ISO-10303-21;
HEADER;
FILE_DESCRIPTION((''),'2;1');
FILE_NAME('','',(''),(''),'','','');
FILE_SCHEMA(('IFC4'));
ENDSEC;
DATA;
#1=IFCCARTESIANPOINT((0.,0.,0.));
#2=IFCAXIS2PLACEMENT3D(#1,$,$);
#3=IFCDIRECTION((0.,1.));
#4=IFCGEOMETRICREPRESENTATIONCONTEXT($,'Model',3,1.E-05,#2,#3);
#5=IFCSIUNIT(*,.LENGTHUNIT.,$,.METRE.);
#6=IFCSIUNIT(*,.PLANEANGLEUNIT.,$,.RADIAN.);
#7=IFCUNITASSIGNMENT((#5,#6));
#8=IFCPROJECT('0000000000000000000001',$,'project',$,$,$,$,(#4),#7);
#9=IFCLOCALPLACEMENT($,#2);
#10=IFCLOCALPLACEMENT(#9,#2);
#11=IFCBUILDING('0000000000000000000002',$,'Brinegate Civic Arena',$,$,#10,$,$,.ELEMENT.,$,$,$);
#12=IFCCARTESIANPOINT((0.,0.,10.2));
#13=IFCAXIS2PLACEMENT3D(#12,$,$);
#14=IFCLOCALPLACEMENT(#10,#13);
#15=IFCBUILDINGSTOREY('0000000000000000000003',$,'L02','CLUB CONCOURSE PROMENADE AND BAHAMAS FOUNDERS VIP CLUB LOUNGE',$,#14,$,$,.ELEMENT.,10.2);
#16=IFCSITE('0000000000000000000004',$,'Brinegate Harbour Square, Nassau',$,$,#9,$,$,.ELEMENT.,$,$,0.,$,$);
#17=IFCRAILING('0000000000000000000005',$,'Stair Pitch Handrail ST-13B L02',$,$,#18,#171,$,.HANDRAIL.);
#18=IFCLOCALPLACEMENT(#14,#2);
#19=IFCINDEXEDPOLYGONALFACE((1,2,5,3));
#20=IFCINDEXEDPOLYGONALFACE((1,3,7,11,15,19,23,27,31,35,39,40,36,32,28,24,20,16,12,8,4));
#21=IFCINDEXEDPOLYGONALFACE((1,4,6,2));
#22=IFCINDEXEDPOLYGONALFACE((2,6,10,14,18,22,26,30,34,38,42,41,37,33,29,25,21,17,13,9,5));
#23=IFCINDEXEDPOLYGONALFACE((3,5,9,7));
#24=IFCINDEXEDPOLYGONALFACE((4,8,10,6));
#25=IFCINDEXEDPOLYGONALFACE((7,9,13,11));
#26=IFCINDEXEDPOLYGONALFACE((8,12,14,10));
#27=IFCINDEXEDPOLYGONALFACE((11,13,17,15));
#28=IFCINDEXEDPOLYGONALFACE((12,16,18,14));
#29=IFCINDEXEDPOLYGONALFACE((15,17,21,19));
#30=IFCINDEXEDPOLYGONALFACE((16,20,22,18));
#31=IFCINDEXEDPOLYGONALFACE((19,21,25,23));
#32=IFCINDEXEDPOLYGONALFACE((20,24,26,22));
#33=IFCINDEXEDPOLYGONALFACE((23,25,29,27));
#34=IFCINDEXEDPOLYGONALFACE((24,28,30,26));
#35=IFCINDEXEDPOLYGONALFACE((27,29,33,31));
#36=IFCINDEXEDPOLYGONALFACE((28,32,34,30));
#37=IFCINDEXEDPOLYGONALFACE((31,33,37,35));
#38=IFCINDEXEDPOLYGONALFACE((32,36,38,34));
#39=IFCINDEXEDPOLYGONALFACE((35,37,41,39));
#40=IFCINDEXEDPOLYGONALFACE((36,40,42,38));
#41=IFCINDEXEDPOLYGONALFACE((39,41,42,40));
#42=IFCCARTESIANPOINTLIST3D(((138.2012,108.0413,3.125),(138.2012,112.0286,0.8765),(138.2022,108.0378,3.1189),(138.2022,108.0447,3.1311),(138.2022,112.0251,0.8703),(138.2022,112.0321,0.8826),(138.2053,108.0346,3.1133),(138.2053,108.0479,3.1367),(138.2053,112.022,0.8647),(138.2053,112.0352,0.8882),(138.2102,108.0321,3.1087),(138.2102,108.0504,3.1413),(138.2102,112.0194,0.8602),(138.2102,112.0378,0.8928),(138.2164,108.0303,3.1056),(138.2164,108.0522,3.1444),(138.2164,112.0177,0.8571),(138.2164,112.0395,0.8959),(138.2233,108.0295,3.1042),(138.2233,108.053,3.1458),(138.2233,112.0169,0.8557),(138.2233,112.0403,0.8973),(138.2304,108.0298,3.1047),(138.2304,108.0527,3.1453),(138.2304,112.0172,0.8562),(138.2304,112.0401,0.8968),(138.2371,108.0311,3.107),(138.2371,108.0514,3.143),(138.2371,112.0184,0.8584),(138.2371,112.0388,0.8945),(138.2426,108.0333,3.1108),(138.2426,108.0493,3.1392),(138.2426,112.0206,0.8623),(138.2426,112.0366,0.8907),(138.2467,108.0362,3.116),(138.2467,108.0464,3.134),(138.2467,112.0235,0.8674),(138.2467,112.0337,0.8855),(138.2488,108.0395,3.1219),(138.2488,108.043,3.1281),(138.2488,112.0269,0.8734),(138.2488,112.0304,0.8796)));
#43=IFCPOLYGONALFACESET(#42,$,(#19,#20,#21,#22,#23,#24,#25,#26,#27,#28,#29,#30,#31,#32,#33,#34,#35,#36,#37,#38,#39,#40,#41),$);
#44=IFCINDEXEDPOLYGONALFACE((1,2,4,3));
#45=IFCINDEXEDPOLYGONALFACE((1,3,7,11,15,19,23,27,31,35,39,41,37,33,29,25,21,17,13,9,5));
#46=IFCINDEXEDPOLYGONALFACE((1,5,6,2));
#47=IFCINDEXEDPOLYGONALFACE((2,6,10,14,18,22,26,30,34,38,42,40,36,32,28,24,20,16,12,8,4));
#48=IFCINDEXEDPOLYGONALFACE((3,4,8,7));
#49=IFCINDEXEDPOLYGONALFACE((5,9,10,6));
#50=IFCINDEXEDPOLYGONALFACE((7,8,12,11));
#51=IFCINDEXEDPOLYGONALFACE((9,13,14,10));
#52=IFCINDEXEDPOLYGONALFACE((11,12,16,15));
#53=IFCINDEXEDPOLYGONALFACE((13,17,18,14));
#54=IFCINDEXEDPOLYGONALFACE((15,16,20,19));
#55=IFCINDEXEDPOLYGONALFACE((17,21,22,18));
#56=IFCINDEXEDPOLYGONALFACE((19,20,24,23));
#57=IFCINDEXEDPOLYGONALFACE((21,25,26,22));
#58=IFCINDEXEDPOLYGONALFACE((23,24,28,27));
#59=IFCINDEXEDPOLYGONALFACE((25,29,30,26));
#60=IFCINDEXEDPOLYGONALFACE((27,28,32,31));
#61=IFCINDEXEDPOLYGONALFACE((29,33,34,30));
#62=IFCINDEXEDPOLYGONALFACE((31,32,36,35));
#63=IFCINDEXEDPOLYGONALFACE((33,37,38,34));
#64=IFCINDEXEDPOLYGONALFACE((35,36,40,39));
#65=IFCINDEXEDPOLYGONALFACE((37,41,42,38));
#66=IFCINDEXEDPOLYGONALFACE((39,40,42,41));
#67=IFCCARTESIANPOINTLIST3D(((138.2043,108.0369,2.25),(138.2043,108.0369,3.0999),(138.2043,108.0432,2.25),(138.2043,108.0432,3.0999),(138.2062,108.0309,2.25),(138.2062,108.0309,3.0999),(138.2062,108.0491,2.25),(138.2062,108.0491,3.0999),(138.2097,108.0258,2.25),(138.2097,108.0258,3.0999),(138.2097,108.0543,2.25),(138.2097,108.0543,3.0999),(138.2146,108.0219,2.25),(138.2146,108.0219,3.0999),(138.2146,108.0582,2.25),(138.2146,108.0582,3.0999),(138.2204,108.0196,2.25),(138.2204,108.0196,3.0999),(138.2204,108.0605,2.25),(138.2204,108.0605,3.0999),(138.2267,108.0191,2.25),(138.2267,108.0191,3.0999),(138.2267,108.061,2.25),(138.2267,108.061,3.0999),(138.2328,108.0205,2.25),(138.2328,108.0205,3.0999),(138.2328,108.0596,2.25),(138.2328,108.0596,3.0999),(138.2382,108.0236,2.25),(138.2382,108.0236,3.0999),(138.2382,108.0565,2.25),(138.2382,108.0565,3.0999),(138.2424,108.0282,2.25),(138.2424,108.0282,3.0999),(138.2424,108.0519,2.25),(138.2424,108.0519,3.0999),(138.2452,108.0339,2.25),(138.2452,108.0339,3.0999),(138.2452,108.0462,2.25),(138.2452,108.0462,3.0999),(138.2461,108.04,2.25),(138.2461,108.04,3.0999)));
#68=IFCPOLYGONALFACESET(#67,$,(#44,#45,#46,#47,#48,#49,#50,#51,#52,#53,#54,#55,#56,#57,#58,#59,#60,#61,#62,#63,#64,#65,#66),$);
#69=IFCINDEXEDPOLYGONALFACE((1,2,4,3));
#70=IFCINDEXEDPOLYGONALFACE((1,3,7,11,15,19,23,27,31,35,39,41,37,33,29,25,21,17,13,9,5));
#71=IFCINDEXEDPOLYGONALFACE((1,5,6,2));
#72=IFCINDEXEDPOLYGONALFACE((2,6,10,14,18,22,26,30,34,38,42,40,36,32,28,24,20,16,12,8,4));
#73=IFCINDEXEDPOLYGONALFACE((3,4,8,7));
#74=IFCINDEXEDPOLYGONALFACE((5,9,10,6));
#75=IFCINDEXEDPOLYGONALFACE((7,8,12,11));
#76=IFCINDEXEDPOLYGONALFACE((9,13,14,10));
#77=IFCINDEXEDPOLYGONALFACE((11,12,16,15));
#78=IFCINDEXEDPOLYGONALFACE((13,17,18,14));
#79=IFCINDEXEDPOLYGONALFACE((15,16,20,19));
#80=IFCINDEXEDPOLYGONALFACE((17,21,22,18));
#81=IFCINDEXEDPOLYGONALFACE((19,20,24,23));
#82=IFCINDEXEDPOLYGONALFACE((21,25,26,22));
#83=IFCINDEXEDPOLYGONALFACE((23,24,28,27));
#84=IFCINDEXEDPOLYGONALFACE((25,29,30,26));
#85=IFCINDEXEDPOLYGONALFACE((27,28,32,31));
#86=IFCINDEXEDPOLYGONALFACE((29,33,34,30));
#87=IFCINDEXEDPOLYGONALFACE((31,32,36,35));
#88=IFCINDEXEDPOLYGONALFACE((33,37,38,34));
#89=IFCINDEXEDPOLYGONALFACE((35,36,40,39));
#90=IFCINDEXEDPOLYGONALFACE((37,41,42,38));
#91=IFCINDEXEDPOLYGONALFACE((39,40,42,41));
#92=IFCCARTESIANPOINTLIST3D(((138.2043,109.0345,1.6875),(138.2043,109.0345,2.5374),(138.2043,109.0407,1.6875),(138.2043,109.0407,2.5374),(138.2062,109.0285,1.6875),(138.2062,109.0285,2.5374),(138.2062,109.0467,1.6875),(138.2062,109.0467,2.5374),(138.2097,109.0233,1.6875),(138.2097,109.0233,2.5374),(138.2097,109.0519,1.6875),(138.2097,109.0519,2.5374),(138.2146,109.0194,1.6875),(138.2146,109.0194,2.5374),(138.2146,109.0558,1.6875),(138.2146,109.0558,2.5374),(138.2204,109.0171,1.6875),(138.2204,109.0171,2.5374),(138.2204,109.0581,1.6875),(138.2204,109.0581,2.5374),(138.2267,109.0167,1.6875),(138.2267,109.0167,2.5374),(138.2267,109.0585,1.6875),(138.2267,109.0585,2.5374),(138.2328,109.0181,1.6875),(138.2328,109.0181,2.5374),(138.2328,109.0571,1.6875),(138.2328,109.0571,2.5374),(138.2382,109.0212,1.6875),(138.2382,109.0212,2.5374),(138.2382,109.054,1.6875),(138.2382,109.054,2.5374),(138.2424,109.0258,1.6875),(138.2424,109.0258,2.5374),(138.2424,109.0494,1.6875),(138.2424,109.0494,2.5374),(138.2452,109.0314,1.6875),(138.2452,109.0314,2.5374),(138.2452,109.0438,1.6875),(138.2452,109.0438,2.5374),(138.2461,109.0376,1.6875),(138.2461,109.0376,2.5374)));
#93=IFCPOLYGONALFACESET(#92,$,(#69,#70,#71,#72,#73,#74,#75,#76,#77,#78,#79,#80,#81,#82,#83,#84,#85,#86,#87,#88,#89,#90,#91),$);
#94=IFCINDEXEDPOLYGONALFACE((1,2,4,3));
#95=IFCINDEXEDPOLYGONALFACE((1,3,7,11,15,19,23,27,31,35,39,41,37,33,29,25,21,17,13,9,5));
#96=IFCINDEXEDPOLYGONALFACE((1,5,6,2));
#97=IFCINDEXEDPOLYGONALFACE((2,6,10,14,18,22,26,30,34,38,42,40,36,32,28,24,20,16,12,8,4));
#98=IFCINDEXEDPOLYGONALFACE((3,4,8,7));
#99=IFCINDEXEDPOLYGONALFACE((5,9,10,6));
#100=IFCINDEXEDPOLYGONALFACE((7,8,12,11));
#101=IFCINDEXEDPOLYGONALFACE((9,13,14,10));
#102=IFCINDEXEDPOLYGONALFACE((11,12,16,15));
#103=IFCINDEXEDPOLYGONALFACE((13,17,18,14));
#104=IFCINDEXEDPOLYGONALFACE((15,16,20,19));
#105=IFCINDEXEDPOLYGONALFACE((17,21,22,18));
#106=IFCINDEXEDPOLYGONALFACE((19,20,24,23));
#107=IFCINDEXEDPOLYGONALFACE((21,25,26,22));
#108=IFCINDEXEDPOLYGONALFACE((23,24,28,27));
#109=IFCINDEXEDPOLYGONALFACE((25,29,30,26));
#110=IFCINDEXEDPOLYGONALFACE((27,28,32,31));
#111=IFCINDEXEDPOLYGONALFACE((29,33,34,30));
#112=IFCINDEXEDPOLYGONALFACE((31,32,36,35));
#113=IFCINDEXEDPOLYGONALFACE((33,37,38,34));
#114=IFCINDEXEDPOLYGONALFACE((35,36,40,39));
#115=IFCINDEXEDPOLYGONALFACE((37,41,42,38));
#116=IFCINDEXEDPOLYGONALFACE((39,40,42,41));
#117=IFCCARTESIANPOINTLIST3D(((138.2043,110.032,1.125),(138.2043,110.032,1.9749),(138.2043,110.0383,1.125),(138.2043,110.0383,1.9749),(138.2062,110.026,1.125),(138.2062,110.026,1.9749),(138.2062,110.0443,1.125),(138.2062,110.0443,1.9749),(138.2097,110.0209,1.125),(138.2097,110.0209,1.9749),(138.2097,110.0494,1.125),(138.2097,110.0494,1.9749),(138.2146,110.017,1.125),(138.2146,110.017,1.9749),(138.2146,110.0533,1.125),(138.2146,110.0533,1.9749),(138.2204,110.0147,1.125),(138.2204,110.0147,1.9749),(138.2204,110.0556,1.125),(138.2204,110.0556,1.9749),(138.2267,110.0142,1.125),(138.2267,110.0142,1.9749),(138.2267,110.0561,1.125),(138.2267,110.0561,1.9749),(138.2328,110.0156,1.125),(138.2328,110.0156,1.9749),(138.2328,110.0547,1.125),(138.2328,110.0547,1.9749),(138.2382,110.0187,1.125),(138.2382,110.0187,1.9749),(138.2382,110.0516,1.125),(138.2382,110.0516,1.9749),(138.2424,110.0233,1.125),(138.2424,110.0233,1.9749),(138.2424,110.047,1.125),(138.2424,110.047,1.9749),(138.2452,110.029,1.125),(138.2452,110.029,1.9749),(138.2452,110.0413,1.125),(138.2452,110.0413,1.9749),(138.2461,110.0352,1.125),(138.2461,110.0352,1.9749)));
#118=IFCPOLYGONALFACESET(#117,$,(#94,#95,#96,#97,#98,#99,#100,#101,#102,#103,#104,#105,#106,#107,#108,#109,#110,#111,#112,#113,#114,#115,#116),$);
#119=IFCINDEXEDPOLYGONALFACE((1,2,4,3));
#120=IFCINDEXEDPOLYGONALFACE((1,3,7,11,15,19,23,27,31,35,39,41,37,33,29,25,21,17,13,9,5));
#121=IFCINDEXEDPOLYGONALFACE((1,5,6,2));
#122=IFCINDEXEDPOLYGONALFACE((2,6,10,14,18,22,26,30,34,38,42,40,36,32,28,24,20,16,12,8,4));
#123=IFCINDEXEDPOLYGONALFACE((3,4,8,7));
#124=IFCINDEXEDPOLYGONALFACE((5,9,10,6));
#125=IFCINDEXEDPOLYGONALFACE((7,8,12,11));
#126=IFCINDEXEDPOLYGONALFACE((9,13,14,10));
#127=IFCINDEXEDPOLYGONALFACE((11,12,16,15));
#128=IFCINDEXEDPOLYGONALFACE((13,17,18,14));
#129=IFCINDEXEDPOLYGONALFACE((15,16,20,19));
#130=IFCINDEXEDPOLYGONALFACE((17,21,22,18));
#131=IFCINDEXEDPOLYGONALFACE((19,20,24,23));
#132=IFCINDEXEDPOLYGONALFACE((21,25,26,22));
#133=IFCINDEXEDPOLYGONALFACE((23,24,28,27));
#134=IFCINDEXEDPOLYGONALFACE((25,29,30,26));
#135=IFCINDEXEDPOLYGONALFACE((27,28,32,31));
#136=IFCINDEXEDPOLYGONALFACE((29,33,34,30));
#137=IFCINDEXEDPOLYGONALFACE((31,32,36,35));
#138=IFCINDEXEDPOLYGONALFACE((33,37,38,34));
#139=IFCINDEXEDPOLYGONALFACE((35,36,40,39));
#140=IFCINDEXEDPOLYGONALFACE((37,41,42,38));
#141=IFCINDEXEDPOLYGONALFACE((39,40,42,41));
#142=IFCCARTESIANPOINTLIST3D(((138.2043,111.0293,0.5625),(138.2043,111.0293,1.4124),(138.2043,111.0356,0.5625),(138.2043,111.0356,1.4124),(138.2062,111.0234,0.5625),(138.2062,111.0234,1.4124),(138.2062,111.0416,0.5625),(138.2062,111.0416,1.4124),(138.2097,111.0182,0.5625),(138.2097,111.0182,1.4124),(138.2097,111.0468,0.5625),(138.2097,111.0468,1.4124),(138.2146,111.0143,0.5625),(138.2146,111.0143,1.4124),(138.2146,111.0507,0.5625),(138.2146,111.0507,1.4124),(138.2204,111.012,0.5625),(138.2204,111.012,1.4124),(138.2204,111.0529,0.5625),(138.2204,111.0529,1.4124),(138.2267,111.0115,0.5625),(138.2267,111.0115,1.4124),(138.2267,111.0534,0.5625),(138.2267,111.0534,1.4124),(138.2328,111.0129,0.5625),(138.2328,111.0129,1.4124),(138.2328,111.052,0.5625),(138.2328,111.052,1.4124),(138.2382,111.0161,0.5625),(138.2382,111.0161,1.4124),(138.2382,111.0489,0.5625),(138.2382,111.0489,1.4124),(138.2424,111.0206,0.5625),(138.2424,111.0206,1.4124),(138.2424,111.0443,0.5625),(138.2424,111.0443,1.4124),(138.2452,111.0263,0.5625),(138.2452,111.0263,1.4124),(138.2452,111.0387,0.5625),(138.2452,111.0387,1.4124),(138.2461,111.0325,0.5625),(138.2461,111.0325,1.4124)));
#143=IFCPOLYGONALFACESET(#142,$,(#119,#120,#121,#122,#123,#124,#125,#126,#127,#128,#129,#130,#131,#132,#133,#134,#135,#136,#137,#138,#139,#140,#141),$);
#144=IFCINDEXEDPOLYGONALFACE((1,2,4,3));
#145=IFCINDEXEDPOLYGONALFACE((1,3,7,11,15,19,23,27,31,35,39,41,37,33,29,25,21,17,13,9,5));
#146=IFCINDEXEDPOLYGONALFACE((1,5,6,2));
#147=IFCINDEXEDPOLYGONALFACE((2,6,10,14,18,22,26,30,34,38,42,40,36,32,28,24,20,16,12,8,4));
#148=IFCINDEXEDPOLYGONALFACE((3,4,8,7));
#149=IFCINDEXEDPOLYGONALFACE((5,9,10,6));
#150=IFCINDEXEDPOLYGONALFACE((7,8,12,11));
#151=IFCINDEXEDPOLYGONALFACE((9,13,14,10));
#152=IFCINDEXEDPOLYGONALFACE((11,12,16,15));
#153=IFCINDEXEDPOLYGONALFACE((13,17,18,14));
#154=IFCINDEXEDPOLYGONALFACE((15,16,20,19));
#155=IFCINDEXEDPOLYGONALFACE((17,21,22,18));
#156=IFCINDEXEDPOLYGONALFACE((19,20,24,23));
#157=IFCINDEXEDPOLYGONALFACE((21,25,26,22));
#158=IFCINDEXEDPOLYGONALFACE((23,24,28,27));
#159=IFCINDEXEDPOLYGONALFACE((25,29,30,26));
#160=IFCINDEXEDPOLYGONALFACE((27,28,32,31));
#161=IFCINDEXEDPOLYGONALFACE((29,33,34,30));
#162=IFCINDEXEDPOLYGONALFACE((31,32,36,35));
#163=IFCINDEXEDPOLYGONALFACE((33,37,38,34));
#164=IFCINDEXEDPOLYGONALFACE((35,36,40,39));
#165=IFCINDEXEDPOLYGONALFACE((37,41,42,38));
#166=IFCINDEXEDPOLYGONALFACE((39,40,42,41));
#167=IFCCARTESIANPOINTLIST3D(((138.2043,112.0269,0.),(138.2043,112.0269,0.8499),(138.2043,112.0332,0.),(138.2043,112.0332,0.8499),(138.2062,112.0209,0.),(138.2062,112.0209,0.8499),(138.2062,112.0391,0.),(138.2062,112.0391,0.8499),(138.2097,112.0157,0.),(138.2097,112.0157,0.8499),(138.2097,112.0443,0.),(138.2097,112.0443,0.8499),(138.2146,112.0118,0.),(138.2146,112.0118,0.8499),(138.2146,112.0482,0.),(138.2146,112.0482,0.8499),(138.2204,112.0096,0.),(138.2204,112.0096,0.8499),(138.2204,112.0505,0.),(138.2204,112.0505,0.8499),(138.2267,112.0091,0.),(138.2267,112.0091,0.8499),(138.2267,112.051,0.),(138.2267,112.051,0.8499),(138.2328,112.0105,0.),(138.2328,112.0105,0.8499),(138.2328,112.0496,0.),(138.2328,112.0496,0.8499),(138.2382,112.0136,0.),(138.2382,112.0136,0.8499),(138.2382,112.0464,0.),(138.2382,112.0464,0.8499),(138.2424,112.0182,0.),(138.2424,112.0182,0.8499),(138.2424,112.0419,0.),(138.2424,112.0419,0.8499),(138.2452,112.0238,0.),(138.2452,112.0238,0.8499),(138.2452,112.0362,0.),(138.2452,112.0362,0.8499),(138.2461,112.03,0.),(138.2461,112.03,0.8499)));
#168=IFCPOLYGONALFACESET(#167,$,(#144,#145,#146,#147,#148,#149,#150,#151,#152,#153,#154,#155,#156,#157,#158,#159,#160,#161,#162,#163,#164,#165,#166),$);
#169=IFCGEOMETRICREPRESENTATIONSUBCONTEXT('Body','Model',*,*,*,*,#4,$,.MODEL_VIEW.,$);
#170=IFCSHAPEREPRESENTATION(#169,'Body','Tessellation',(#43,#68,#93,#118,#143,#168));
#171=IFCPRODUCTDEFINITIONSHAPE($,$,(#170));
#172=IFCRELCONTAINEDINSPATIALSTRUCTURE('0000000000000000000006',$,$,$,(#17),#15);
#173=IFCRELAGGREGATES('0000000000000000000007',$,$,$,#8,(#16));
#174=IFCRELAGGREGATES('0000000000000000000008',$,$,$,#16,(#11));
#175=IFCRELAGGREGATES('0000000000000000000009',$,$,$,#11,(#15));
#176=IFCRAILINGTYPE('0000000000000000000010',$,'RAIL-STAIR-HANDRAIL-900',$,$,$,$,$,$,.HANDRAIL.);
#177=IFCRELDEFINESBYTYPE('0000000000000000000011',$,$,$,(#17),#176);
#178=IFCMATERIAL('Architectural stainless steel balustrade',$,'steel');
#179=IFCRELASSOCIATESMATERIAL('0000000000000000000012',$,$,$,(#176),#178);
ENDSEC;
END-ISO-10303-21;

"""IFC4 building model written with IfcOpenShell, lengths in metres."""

from ifc_helpers import new_model, si_unit, direction, frame, origin, origin_2d, place, context, subcontext, project, spatial, circle, extrude, material, type_object, element, save


model = new_model("IFC4")

# Units and contexts
model_context = context("Model", 3, precision=1e-05, world=origin(), true_north=direction((0.0, 1.0)))
body_context = subcontext(model_context, "Body", "Model", "MODEL_VIEW")
ifc_project = project(units=[si_unit("LENGTHUNIT", "METRE"), si_unit("PLANEANGLEUNIT", "RADIAN")], contexts=[model_context])

# Site, building, storey
site_placement = place(None, origin())
site = spatial("IfcSite", under=ifc_project, at=site_placement, Name="Brinegate Harbour Square, Nassau", CompositionType="ELEMENT", RefElevation=0.0)
building_placement = place(site_placement, origin())
building = spatial("IfcBuilding", under=site, at=building_placement, Name="Brinegate Civic Arena", CompositionType="ELEMENT")
storey_placement = place(building_placement, frame((0.0, 0.0, 10.2)))
storey = spatial("IfcBuildingStorey", under=building, at=storey_placement, Name="L02", Description="CLUB CONCOURSE PROMENADE AND BAHAMAS FOUNDERS VIP CLUB LOUNGE", CompositionType="ELEMENT", Elevation=10.2)

# Railing
ifc_material_1 = material(Name="Architectural stainless steel balustrade", Category="steel")
railing_type_1 = type_object("IfcRailingType", Name="RAIL-STAIR-HANDRAIL-900", PredefinedType="HANDRAIL", material=ifc_material_1)
for number, where, name in (
    (1, (138.2251, 108.04, 2.25), "Stair Pitch Handrail ST-13B L02"),
):
    element("IfcRailing", number, at=place(storey_placement, frame(where)), inside=storey, type_object=railing_type_1, Name=name, PredefinedType="HANDRAIL", context=body_context, shape_type="SweptSolid", body=[
        extrude(circle(Radius=0.0239, at=origin_2d()), frame((0.0, 0.0012, 0.875), z_axis=(0.0, 0.87105, -0.491195), x_axis=(-1.0, 0.0, 0.0)), (0.0, 0.0, 1.0), 4.5776),
        extrude(circle(Radius=0.021, at=origin_2d()), origin(), (0.0, 0.0, 1.0), 0.8499),
        extrude(circle(Radius=0.021, at=origin_2d()), frame((0.0, 0.9976, -0.5625)), (0.0, 0.0, 1.0), 0.8499),
        extrude(circle(Radius=0.021, at=origin_2d()), frame((0.0, 1.9951, -1.125)), (0.0, 0.0, 1.0), 0.8499),
        extrude(circle(Radius=0.021, at=origin_2d()), frame((0.0, 2.9924, -1.6875)), (0.0, 0.0, 1.0), 0.8499),
        extrude(circle(Radius=0.021, at=origin_2d()), frame((0.0, 3.99, -2.25)), (0.0, 0.0, 1.0), 0.8499),
    ])

save(model, "model.ifc")
